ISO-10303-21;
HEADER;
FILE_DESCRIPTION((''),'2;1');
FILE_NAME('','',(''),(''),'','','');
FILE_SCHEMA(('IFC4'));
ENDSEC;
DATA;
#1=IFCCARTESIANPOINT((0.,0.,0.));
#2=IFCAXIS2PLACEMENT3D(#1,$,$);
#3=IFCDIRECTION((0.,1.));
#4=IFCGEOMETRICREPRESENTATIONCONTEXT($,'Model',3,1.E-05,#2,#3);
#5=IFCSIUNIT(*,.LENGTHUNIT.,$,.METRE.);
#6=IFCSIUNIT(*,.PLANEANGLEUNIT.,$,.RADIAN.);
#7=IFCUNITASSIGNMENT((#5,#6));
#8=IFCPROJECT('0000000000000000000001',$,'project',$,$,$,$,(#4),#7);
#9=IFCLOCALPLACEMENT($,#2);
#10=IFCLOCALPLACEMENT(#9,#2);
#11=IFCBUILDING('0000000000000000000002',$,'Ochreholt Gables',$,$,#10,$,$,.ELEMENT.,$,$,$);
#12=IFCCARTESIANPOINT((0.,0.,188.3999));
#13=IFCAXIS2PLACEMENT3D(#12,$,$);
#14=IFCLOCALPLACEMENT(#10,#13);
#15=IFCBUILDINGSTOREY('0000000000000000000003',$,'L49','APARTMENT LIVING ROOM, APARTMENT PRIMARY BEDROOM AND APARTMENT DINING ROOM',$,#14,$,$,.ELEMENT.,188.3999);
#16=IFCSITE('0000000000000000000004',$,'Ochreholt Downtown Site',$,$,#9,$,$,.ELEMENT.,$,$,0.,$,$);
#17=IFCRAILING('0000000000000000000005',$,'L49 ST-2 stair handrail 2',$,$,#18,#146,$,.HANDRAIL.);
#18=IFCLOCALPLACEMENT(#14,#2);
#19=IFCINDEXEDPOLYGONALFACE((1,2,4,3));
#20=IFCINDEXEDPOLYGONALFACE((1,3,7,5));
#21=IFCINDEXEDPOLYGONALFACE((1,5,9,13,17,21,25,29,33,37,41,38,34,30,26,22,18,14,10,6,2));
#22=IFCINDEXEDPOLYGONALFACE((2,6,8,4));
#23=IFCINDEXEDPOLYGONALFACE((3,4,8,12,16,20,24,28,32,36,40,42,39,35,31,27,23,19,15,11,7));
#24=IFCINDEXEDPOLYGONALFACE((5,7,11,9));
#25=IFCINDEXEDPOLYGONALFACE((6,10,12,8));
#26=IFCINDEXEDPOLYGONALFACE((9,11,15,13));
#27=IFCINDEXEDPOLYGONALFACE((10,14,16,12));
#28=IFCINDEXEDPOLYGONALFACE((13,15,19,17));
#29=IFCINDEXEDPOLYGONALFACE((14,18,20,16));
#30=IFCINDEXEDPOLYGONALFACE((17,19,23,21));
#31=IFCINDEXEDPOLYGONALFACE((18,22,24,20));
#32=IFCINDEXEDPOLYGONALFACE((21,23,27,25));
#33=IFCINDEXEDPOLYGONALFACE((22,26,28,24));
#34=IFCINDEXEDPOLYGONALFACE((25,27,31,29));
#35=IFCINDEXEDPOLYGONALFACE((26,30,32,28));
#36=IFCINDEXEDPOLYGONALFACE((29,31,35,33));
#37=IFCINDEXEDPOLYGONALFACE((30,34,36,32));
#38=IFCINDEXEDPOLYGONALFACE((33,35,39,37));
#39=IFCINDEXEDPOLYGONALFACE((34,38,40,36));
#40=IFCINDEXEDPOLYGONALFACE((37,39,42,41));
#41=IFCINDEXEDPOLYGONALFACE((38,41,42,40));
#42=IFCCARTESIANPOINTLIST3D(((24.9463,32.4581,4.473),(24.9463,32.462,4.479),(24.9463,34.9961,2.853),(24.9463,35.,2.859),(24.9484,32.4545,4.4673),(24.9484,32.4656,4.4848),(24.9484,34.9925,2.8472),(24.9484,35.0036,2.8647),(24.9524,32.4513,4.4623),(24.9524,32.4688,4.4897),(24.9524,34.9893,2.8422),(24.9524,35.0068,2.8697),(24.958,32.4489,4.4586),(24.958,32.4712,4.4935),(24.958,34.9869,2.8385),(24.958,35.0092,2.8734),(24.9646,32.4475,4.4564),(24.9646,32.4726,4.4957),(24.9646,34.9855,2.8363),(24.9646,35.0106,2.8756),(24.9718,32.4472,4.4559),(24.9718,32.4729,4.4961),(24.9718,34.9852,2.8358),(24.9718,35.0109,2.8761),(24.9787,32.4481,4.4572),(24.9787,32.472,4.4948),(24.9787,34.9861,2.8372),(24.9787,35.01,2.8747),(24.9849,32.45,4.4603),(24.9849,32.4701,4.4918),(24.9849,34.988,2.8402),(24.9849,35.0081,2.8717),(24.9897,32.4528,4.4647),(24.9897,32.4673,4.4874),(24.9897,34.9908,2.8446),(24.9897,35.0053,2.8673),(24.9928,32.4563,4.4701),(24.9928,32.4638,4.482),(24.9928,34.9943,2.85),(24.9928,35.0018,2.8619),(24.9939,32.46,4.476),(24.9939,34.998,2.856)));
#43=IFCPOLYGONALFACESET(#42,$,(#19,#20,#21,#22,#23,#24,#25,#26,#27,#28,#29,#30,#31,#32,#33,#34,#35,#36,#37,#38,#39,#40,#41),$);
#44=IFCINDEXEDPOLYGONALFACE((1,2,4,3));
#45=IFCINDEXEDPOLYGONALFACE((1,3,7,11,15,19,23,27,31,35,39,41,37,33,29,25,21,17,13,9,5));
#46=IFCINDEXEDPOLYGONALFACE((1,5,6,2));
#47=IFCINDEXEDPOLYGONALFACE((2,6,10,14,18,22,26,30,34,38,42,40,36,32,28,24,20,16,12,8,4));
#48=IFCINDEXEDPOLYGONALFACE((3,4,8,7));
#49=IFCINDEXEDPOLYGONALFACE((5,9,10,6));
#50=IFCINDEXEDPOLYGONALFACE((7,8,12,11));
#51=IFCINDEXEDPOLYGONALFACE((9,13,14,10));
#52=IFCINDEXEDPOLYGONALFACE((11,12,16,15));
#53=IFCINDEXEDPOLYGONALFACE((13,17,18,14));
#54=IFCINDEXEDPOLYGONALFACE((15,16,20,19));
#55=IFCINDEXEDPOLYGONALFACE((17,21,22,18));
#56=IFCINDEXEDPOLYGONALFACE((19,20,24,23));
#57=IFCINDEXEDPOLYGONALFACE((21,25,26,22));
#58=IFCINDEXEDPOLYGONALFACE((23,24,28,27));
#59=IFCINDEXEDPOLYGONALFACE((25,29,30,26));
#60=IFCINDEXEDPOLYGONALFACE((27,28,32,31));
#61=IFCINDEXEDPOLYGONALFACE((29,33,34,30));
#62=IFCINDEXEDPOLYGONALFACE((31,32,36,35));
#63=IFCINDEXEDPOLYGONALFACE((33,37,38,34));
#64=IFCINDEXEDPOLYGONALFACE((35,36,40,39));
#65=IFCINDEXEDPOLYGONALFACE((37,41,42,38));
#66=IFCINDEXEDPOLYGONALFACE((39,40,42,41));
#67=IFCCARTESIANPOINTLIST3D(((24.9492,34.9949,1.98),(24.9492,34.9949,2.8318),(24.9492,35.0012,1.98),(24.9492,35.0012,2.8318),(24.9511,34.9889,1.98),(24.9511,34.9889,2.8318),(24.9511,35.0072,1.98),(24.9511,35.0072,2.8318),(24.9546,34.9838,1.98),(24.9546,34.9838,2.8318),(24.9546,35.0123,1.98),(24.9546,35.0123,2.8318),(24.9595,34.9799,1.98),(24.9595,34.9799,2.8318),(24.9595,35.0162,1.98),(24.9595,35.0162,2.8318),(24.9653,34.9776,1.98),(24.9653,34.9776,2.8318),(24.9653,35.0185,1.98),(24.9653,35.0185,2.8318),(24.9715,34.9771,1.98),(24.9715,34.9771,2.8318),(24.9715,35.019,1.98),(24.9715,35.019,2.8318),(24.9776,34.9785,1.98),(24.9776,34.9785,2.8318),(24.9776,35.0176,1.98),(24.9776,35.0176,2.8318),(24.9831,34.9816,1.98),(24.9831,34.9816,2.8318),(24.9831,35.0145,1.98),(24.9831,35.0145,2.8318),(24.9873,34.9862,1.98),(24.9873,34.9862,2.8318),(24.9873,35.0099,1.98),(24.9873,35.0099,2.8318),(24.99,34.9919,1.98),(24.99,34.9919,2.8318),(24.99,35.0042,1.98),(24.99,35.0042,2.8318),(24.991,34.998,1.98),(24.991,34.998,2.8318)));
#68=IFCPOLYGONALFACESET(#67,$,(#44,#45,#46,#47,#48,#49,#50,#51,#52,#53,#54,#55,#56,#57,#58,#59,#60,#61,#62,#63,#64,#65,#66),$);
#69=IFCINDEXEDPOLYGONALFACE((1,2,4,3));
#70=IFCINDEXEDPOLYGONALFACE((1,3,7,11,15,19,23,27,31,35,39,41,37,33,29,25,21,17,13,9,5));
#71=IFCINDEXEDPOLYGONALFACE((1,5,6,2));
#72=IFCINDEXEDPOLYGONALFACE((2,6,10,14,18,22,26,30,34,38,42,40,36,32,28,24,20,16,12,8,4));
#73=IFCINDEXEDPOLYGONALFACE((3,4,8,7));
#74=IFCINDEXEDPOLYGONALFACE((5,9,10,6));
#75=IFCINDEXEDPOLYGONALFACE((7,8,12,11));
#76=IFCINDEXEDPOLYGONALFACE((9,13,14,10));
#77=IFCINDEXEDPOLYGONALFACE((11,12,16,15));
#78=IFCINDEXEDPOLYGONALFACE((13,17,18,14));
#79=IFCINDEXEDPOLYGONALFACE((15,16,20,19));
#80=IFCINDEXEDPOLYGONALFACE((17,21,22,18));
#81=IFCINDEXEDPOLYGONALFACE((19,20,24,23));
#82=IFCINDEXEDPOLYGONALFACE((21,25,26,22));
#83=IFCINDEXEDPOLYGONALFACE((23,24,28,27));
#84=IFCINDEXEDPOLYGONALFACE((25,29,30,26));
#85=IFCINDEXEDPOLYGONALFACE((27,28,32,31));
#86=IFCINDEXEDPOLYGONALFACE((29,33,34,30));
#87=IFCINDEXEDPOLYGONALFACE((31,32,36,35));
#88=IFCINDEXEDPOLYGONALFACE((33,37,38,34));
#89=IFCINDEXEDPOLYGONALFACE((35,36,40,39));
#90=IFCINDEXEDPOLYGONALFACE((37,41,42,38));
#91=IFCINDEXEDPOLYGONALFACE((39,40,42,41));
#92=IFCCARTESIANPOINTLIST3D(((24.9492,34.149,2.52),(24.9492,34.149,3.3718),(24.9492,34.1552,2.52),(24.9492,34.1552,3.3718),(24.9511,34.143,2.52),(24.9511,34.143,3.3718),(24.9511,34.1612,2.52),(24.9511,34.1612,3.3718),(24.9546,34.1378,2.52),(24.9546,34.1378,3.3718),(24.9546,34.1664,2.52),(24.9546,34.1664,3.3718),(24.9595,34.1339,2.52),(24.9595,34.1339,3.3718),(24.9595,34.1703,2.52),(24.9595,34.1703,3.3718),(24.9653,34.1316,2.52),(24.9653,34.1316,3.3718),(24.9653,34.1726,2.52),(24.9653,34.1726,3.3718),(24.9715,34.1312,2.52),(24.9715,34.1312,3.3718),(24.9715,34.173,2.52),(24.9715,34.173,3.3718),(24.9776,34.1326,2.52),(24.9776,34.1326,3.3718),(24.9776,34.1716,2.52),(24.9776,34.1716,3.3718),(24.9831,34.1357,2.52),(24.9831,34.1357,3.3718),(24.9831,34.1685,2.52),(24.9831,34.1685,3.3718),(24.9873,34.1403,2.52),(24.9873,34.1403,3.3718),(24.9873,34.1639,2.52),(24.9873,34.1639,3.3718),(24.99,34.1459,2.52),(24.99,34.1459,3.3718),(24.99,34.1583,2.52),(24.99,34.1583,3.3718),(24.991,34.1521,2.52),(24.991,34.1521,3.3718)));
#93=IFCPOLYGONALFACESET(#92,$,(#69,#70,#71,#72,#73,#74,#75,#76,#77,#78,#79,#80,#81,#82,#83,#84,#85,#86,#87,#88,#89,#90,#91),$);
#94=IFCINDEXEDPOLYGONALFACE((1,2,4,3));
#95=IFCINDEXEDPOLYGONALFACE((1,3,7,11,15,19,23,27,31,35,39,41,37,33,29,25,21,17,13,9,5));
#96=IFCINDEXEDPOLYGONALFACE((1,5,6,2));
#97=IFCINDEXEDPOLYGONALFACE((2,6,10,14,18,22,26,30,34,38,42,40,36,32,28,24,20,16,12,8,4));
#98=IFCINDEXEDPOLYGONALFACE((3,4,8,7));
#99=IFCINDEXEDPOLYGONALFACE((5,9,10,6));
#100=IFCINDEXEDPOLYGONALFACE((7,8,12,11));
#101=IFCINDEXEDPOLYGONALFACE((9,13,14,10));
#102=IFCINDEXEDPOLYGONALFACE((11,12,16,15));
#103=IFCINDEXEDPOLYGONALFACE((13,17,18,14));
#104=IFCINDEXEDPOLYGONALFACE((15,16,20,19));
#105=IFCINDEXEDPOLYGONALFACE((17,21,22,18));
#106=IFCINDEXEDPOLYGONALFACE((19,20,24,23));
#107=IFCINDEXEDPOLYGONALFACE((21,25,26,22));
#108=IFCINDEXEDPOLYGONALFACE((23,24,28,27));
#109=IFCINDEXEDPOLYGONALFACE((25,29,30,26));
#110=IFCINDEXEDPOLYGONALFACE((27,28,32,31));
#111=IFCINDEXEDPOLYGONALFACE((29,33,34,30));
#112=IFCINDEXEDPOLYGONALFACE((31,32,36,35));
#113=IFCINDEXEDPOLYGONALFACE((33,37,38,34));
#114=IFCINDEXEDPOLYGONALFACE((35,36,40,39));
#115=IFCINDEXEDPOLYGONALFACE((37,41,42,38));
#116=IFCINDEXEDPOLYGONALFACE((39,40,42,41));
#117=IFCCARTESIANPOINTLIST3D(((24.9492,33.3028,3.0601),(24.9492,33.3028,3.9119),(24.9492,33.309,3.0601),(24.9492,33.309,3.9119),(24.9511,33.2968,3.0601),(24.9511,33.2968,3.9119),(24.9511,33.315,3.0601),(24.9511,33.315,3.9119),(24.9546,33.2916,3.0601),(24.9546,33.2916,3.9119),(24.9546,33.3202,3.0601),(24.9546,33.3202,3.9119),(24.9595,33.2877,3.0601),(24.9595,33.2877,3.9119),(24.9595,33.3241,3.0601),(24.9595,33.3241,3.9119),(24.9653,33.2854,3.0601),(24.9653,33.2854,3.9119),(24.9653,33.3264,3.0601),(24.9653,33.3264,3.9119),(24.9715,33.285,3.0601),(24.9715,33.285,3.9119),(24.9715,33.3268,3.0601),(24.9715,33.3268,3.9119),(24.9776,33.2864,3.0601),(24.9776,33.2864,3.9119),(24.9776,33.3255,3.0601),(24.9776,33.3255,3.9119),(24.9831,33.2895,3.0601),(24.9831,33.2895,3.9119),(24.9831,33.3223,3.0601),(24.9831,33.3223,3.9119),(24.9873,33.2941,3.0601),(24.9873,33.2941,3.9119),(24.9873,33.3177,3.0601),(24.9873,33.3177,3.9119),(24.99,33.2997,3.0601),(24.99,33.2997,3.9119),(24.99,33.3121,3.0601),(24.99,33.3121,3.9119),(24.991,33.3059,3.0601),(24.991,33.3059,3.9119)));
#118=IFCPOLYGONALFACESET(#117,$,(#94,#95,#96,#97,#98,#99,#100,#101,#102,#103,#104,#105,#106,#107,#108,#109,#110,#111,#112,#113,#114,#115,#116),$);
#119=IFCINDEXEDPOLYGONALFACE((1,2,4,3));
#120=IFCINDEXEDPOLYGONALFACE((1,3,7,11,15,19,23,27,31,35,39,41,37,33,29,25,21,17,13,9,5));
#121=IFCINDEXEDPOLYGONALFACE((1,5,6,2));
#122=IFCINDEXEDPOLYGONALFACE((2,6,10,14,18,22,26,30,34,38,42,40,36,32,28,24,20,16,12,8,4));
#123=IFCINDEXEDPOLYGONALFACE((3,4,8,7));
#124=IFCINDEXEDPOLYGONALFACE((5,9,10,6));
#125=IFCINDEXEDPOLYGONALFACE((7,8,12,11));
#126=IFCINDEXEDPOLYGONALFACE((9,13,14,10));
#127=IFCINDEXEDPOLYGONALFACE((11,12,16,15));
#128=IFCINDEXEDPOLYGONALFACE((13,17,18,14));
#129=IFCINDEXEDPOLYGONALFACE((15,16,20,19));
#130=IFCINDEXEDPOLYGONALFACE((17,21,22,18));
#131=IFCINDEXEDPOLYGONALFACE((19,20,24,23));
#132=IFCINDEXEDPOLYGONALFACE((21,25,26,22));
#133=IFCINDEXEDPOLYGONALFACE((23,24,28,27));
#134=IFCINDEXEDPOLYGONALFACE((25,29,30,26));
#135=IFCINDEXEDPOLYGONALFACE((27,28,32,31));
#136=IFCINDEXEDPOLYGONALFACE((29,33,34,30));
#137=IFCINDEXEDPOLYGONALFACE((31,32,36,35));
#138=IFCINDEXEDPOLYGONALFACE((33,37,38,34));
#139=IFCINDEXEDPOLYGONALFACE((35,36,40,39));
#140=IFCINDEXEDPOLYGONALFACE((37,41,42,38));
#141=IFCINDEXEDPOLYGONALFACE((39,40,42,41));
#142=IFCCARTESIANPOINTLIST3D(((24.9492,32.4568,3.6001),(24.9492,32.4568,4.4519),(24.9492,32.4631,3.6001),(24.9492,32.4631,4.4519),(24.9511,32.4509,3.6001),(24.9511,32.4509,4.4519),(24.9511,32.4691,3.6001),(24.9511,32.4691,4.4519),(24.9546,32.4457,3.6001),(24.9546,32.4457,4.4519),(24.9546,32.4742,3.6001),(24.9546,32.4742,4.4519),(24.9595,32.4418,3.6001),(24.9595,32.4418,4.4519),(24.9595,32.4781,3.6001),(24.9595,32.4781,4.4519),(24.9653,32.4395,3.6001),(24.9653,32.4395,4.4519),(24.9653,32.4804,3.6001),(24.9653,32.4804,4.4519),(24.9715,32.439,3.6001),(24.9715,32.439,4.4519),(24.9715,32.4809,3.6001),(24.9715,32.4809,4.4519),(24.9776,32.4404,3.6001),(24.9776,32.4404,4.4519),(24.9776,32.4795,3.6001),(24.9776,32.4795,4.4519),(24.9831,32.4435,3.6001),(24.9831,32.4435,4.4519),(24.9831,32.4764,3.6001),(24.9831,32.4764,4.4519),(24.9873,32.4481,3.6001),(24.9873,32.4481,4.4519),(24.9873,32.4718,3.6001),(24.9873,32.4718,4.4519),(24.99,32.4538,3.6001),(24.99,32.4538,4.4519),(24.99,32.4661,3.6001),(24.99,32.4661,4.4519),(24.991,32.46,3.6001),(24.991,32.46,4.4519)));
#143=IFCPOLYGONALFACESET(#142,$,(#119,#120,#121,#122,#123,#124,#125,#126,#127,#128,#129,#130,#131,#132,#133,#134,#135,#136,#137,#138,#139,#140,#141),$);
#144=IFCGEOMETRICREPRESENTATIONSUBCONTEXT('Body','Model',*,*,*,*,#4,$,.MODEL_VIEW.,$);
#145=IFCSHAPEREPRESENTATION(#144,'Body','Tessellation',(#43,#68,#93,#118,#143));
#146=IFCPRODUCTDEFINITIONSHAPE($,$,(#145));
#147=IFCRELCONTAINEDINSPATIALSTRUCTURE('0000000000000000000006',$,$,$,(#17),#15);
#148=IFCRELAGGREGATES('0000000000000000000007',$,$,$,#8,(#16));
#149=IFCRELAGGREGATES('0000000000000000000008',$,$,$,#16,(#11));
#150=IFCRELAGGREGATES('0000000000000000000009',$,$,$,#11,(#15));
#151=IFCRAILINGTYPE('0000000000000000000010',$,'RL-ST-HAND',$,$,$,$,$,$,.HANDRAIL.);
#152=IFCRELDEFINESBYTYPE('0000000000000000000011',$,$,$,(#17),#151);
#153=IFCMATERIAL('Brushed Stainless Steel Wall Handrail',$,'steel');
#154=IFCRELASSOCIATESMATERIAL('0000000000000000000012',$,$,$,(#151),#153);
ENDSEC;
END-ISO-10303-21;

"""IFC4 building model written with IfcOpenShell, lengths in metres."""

from ifc_helpers import new_model, si_unit, direction, frame, origin, origin_2d, place, context, subcontext, project, spatial, circle, extrude, material, type_object, element, save


model = new_model("IFC4")

# Units and contexts
model_context = context("Model", 3, precision=1e-05, world=origin(), true_north=direction((0.0, 1.0)))
body_context = subcontext(model_context, "Body", "Model", "MODEL_VIEW")
ifc_project = project(units=[si_unit("LENGTHUNIT", "METRE"), si_unit("PLANEANGLEUNIT", "RADIAN")], contexts=[model_context])

# Site, building, storey
site_placement = place(None, origin())
site = spatial("IfcSite", under=ifc_project, at=site_placement, Name="Ochreholt Downtown Site", CompositionType="ELEMENT", RefElevation=0.0)
building_placement = place(site_placement, origin())
building = spatial("IfcBuilding", under=site, at=building_placement, Name="Ochreholt Gables", CompositionType="ELEMENT")
storey_placement = place(building_placement, frame((0.0, 0.0, 188.3999)))
storey = spatial("IfcBuildingStorey", under=building, at=storey_placement, Name="L49", Description="APARTMENT LIVING ROOM, APARTMENT PRIMARY BEDROOM AND APARTMENT DINING ROOM", CompositionType="ELEMENT", Elevation=188.3999)

# Railing
ifc_material_1 = material(Name="Brushed Stainless Steel Wall Handrail", Category="steel")
railing_type_1 = type_object("IfcRailingType", Name="RL-ST-HAND", PredefinedType="HANDRAIL", material=ifc_material_1)
railing_1_placement = place(storey_placement, frame((24.97, 34.998, 1.98)))
element("IfcRailing", 1, at=railing_1_placement, inside=storey, type_object=railing_type_1, Name="L49 ST-2 stair handrail 2", PredefinedType="HANDRAIL", context=body_context, shape_type="SweptSolid", body=[
    extrude(circle(Radius=0.0239, at=origin_2d()), frame((0.0, 0.0, 0.876), z_axis=(0.0, -0.842913, 0.53805), x_axis=(1.0, 0.0, 0.0)), (0.0, 0.0, 1.0), 3.011),
    extrude(circle(Radius=0.021, at=origin_2d()), origin(), (0.0, 0.0, 1.0), 0.8518),
    extrude(circle(Radius=0.021, at=origin_2d()), frame((0.0, -0.8459, 0.54)), (0.0, 0.0, 1.0), 0.8518),
    extrude(circle(Radius=0.021, at=origin_2d()), frame((0.0, -1.6921, 1.0801)), (0.0, 0.0, 1.0), 0.8518),
    extrude(circle(Radius=0.021, at=origin_2d()), frame((0.0, -2.5381, 1.6201)), (0.0, 0.0, 1.0), 0.8518),
])

save(model, "model.ifc")
